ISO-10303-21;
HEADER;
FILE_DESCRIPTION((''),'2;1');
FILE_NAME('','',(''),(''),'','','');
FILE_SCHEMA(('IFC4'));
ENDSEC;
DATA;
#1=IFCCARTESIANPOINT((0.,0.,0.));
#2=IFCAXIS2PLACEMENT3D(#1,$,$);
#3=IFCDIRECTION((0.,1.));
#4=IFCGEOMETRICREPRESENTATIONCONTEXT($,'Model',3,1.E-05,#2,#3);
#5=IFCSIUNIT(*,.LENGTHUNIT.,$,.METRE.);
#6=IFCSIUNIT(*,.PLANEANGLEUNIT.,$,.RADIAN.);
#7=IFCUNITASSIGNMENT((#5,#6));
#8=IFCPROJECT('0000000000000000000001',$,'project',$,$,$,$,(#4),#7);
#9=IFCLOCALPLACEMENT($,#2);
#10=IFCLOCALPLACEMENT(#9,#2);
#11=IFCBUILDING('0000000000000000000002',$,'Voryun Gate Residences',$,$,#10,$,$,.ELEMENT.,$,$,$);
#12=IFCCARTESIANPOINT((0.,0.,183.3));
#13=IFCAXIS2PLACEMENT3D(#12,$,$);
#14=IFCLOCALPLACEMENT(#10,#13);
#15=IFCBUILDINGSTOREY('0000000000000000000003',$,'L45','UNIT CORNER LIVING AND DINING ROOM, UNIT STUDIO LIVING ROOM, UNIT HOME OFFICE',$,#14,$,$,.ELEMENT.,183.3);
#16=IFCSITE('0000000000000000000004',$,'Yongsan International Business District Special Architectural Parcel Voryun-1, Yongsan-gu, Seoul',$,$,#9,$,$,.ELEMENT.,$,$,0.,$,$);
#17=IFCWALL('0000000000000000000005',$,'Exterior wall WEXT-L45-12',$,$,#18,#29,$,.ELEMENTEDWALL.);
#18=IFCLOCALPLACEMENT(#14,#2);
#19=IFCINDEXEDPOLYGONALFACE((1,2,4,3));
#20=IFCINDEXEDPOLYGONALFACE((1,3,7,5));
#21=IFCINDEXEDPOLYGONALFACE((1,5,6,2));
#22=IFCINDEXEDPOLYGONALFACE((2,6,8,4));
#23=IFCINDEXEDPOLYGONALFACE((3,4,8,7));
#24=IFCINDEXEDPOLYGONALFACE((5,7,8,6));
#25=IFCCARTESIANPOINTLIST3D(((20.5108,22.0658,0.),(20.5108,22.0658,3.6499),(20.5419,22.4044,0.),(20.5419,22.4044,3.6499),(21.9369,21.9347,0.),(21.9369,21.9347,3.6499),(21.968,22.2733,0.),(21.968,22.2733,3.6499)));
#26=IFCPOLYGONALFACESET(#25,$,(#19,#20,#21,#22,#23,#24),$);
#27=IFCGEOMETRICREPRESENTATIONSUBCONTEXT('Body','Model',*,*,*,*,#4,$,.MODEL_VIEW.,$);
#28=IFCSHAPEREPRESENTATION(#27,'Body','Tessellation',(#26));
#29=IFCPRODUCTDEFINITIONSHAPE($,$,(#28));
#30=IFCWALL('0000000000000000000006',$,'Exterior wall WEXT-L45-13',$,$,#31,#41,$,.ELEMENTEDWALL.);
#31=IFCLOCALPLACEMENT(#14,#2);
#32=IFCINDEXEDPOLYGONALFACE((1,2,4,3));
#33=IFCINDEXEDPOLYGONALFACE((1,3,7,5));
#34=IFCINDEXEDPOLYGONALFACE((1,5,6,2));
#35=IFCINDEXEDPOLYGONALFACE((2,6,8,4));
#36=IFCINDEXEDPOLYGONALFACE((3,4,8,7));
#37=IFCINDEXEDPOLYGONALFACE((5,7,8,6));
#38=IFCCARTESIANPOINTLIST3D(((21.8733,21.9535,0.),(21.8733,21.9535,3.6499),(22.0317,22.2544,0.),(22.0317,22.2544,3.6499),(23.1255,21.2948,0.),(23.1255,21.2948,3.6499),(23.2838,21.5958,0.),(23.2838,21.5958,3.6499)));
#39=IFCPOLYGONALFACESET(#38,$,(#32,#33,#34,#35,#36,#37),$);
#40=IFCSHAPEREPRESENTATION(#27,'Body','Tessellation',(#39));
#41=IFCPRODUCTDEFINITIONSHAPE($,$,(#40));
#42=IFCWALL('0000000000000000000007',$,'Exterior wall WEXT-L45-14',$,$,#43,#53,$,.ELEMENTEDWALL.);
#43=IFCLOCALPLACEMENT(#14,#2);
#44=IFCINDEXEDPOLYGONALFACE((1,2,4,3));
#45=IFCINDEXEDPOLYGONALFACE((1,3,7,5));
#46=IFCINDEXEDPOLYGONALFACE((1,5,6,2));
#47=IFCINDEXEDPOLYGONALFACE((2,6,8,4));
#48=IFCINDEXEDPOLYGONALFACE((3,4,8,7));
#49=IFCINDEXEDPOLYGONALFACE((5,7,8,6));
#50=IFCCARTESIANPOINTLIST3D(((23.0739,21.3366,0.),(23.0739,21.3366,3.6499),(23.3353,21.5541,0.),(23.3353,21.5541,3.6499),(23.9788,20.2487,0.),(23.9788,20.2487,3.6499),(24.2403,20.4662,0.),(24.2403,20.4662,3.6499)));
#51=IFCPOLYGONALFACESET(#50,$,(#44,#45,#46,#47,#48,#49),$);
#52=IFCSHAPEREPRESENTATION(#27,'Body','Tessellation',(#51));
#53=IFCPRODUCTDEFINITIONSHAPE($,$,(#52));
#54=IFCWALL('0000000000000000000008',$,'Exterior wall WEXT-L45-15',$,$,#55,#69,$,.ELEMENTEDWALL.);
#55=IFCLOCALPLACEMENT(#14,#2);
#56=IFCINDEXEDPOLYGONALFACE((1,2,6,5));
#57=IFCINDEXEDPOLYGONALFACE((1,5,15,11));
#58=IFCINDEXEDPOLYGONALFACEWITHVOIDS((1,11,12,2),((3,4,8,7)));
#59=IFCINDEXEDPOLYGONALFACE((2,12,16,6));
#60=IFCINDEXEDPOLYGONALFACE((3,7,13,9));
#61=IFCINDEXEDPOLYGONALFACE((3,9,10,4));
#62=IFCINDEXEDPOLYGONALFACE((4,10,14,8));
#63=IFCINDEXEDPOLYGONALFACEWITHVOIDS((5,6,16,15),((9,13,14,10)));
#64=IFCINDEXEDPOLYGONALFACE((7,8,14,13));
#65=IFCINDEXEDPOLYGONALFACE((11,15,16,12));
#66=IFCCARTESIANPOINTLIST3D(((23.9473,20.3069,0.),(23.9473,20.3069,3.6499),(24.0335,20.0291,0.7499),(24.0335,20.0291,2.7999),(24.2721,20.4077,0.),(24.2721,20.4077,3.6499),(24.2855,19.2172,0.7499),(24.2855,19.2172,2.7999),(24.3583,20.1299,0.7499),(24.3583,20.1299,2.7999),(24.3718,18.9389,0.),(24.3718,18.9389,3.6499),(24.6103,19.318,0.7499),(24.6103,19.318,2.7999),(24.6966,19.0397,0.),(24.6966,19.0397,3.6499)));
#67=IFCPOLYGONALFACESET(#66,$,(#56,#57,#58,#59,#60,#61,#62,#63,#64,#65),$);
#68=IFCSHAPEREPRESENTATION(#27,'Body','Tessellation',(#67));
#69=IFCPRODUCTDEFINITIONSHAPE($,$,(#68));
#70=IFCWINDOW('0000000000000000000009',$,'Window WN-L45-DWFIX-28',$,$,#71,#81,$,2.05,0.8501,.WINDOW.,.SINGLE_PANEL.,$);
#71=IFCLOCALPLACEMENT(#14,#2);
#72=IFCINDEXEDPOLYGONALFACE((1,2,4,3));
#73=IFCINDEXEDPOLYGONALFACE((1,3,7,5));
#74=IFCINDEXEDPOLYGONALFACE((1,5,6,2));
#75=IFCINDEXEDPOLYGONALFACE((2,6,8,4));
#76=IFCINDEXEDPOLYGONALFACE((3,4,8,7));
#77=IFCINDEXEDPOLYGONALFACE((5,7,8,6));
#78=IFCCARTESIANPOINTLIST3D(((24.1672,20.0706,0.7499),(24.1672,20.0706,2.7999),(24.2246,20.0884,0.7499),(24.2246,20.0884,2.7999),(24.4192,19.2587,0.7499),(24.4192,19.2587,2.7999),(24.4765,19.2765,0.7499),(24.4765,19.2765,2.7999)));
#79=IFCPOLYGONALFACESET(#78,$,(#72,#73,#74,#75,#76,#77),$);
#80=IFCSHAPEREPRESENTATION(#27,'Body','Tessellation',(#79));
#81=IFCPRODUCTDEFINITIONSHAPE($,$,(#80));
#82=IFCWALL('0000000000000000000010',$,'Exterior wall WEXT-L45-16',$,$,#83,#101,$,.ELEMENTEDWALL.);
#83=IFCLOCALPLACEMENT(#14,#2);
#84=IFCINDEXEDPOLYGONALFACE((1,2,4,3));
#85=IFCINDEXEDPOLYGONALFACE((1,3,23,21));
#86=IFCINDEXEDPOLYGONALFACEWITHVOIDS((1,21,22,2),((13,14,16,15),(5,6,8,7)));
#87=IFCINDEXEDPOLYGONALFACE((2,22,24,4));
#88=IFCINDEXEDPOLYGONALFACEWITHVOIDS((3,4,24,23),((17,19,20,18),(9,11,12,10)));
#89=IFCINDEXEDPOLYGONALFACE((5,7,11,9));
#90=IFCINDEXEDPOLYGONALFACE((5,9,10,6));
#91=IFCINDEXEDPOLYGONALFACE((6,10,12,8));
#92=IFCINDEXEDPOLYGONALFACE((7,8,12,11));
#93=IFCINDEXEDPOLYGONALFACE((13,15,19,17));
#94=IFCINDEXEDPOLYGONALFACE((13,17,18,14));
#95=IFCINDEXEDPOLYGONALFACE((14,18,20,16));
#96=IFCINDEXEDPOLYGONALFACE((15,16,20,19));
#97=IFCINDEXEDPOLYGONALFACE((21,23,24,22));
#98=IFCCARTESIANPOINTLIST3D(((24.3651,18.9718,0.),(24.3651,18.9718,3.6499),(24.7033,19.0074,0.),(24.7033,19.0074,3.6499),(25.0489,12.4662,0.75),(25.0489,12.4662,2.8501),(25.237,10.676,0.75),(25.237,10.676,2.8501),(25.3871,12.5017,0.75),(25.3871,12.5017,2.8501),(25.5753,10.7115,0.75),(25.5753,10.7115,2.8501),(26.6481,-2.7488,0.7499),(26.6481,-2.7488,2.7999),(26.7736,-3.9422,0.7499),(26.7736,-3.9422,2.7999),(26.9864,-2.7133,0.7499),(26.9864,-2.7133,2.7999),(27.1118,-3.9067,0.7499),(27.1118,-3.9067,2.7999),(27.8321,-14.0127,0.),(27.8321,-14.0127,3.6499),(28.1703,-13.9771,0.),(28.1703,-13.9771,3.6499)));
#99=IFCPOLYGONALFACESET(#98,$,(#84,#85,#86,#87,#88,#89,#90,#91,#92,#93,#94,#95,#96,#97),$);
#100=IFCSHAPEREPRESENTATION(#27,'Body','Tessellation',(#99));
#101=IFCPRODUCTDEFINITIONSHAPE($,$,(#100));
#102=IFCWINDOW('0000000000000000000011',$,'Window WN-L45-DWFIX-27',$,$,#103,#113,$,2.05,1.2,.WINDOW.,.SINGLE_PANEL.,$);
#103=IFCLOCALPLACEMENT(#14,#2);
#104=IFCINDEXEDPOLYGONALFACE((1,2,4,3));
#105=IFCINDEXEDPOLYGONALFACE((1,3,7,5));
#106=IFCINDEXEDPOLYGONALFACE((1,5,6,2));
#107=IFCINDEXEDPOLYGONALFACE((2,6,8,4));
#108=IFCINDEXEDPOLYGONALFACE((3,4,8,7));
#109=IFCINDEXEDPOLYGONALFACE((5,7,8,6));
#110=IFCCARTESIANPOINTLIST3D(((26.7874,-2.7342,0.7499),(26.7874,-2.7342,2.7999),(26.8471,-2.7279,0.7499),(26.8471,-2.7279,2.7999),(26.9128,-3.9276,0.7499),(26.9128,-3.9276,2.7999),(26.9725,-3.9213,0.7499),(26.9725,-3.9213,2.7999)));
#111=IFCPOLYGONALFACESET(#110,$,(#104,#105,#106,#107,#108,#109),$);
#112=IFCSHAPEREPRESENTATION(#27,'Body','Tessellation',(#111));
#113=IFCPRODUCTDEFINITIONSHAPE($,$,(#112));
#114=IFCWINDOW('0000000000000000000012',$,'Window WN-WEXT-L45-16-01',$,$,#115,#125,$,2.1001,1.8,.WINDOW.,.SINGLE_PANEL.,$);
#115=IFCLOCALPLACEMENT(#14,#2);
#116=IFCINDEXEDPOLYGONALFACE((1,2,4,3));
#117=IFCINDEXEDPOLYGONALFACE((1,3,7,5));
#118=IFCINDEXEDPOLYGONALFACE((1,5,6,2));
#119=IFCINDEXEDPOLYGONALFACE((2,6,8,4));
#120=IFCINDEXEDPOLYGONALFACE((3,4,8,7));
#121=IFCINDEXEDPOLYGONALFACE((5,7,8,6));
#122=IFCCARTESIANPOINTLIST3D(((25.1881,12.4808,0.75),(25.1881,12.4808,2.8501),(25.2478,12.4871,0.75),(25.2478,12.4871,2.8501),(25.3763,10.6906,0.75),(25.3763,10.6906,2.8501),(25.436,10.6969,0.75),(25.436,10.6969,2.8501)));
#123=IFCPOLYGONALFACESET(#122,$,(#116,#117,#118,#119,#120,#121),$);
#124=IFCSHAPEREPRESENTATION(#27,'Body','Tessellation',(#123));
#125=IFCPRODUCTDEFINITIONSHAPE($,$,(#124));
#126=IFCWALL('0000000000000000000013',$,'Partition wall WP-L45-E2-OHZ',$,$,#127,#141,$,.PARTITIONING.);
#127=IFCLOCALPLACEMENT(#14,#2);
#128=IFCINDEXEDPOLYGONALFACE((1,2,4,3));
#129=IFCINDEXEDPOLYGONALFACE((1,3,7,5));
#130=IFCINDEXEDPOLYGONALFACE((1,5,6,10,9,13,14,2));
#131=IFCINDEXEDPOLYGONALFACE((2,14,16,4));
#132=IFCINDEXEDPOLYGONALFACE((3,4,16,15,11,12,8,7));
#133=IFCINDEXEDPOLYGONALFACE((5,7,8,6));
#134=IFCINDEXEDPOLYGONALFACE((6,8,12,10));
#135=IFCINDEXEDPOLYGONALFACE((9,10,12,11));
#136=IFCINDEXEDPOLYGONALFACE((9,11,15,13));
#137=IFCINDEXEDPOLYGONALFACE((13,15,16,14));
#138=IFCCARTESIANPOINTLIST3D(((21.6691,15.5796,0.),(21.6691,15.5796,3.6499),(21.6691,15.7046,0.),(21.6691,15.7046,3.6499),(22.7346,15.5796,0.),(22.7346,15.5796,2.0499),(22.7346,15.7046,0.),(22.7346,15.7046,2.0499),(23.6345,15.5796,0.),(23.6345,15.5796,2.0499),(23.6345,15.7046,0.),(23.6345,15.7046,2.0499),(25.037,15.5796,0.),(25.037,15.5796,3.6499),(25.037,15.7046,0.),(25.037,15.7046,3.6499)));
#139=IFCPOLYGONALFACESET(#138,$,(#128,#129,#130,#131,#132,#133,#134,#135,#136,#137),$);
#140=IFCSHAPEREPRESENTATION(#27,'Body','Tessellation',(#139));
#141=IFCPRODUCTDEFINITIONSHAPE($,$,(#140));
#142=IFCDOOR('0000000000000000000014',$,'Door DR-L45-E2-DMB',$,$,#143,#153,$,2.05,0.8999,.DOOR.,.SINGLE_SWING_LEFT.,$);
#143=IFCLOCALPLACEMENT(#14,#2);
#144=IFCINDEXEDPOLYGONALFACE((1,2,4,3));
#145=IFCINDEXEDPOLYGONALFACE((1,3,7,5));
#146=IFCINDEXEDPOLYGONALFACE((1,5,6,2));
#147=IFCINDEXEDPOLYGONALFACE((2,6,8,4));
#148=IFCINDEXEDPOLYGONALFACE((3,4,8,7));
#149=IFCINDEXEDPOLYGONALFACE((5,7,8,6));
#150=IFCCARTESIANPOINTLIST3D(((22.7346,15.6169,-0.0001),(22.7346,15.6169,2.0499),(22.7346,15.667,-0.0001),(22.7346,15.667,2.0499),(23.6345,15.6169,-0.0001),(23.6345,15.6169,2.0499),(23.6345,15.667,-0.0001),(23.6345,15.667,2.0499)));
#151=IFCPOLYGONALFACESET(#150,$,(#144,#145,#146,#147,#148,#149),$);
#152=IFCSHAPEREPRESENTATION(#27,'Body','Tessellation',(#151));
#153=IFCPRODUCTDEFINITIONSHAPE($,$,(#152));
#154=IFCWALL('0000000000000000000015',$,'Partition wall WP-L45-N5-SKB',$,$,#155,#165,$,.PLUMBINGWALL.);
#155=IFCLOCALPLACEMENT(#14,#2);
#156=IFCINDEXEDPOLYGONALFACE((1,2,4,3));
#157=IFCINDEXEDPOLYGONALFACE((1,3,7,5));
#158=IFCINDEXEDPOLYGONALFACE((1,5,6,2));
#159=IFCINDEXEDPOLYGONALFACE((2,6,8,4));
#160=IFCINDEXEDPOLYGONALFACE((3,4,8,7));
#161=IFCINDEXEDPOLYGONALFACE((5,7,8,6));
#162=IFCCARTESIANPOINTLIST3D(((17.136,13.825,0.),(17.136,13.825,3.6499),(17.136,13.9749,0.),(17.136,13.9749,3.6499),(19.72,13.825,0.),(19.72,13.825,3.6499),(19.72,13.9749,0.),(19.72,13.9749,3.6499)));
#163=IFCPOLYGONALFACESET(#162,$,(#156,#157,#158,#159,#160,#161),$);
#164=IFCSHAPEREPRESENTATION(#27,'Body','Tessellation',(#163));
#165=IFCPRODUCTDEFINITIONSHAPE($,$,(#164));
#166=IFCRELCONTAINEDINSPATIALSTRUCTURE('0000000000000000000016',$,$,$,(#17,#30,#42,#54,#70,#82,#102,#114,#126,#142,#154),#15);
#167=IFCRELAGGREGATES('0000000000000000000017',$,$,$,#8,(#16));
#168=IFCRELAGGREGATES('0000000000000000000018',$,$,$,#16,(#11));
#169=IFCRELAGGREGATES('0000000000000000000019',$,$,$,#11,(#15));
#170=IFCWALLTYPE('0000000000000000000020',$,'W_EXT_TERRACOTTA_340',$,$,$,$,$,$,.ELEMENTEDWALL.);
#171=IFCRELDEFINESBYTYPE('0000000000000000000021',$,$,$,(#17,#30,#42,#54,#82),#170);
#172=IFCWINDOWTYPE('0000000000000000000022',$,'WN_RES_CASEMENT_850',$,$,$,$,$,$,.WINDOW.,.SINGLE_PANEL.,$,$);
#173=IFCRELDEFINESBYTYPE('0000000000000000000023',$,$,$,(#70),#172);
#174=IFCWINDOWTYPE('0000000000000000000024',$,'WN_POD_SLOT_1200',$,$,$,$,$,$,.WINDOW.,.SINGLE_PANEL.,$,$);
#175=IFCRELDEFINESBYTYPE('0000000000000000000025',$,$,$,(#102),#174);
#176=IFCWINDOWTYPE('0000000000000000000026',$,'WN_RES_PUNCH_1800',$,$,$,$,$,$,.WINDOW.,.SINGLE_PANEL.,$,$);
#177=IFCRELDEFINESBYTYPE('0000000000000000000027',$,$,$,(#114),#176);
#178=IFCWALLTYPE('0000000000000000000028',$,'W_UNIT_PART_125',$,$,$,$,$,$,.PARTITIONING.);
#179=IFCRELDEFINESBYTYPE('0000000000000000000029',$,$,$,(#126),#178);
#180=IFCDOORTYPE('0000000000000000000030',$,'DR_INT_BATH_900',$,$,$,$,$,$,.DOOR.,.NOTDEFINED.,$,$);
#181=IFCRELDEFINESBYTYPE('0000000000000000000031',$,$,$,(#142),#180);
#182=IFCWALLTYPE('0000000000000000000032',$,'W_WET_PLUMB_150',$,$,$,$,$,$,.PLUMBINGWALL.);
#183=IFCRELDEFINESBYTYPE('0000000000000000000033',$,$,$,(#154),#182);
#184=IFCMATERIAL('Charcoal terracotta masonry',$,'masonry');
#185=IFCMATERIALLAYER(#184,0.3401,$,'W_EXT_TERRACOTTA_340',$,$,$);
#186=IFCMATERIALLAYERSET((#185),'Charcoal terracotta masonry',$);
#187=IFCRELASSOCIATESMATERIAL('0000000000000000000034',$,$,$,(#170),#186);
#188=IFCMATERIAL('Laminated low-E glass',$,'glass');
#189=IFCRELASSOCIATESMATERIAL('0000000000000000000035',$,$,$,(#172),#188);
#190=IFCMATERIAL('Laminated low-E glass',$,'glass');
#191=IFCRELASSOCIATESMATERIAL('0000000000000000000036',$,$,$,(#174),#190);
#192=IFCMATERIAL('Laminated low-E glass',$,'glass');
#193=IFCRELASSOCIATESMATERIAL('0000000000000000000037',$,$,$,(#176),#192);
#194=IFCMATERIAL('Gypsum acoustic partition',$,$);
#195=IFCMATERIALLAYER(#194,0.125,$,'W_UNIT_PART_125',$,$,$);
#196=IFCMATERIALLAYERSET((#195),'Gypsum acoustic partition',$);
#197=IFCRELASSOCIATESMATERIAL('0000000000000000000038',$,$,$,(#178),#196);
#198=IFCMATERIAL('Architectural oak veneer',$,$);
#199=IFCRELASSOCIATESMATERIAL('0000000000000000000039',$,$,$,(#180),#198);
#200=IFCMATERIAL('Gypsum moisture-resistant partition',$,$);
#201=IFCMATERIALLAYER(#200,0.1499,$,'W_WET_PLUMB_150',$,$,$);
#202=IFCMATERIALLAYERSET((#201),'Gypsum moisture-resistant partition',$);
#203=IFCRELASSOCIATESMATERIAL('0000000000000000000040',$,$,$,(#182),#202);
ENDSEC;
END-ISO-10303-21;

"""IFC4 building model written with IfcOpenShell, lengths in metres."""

from ifc_helpers import new_model, si_unit, direction, frame, frame_2d, origin, place, context, subcontext, project, spatial, rectangle, extrude, material, layer, layer_set, type_object, element, fill, save


model = new_model("IFC4")

# Units and contexts
model_context = context("Model", 3, precision=1e-05, world=origin(), true_north=direction((0.0, 1.0)))
body_context = subcontext(model_context, "Body", "Model", "MODEL_VIEW")
ifc_project = project(units=[si_unit("LENGTHUNIT", "METRE"), si_unit("PLANEANGLEUNIT", "RADIAN")], contexts=[model_context])

# Site, building, storey
site_placement = place(None, origin())
site = spatial("IfcSite", under=ifc_project, at=site_placement, Name="Yongsan International Business District Special Architectural Parcel Voryun-1, Yongsan-gu, Seoul", CompositionType="ELEMENT", RefElevation=0.0)
building_placement = place(site_placement, origin())
building = spatial("IfcBuilding", under=site, at=building_placement, Name="Voryun Gate Residences", CompositionType="ELEMENT")
storey_placement = place(building_placement, frame((0.0, 0.0, 183.3)))
storey = spatial("IfcBuildingStorey", under=building, at=storey_placement, Name="L45", Description="UNIT CORNER LIVING AND DINING ROOM, UNIT STUDIO LIVING ROOM, UNIT HOME OFFICE", CompositionType="ELEMENT", Elevation=183.3)

# Walls
ifc_material_1 = material(Name="Charcoal terracotta masonry", Category="masonry")
ifc_layer_1 = layer(ifc_material_1, 0.3401, Name="W_EXT_TERRACOTTA_340")
ifc_layer_set_1 = layer_set([ifc_layer_1], Name="Charcoal terracotta masonry")
wall_type_1 = type_object("IfcWallType", Name="W_EXT_TERRACOTTA_340", PredefinedType="ELEMENTEDWALL", material=ifc_layer_set_1)
wall_1_placement = place(storey_placement, frame((20.5264, 22.2351, 0.0), z_axis=(0.0, 0.0, 1.0), x_axis=(0.9958, -0.09155, 0.0)))
element("IfcWall", 1, at=wall_1_placement, inside=storey, type_object=wall_type_1, Name="Exterior wall WEXT-L45-12", PredefinedType="ELEMENTEDWALL", context=body_context, shape_type="SweptSolid", body=[
    extrude(rectangle(XDim=1.4321, YDim=0.3401, at=frame_2d((0.7161, 0.0))), origin(), (0.0, 0.0, 1.0), 3.6499),
])
wall_2_placement = place(storey_placement, frame((21.9524, 22.104, 0.0), z_axis=(0.0, 0.0, 1.0), x_axis=(0.885023, -0.465547, 0.0)))
element("IfcWall", 2, at=wall_2_placement, inside=storey, type_object=wall_type_1, Name="Exterior wall WEXT-L45-13", PredefinedType="ELEMENTEDWALL", context=body_context, shape_type="SweptSolid", body=[
    extrude(rectangle(XDim=1.4148, YDim=0.3401, at=frame_2d((0.7075, 0.0))), origin(), (0.0, 0.0, 1.0), 3.6499),
])
wall_3_placement = place(storey_placement, frame((23.2046, 21.4453, 0.0), z_axis=(0.0, 0.0, 1.0), x_axis=(0.639539, -0.768758, 0.0)))
element("IfcWall", 3, at=wall_3_placement, inside=storey, type_object=wall_type_1, Name="Exterior wall WEXT-L45-14", PredefinedType="ELEMENTEDWALL", context=body_context, shape_type="SweptSolid", body=[
    extrude(rectangle(XDim=1.415, YDim=0.3401, at=frame_2d((0.7075, 0.0))), origin(), (0.0, 0.0, 1.0), 3.6499),
])

# Wall, opening, window
wall_4_placement = place(storey_placement, frame((24.1096, 20.3574, 0.0), z_axis=(0.0, 0.0, 1.0), x_axis=(0.296421, -0.955057, 0.0)))
wall_4 = element("IfcWall", 4, at=wall_4_placement, inside=storey, type_object=wall_type_1, Name="Exterior wall WEXT-L45-15", PredefinedType="ELEMENTEDWALL", context=body_context, shape_type="SweptSolid", body=[
    extrude(rectangle(XDim=1.4324, YDim=0.3401, at=frame_2d((0.7163, 0.0))), origin(), (0.0, 0.0, 1.0), 3.6499),
])
opening_1_placement = place(wall_4_placement, frame((0.291, 0.0, 0.75)))
opening_1 = element("IfcOpeningElement", 5, at=opening_1_placement, cuts=wall_4, PredefinedType="OPENING", context=body_context, shape_type="SweptSolid", body=[
    extrude(rectangle(XDim=0.8501, YDim=2.05, at=frame_2d((0.425, 1.0249))), frame((0.0, 0.1799, 0.0), z_axis=(0.0, -1.0, 0.0), x_axis=(1.0, 0.0, 0.0)), (0.0, 0.0, 1.0), 0.3601),
])
ifc_material_2 = material(Name="Laminated low-E glass", Category="glass")
window_type_1 = type_object("IfcWindowType", Name="WN_RES_CASEMENT_850", PartitioningType="SINGLE_PANEL", PredefinedType="WINDOW", material=ifc_material_2)
window_1_placement = place(opening_1_placement, origin())
window_1 = element("IfcWindow", 6, at=window_1_placement, inside=storey, type_object=window_type_1, Name="Window WN-L45-DWFIX-28", OverallHeight=2.05, OverallWidth=0.8501, PartitioningType="SINGLE_PANEL", PredefinedType="WINDOW", context=body_context, shape_type="SweptSolid", body=[
    extrude(rectangle(XDim=0.8501, YDim=2.05, at=frame_2d((0.425, 1.0249))), frame((0.0, 0.03, 0.0), z_axis=(0.0, -1.0, 0.0), x_axis=(1.0, 0.0, 0.0)), (0.0, 0.0, 1.0), 0.0601),
])
fill(opening_1, window_1)

# Wall, openings, windows
wall_5_placement = place(storey_placement, frame((24.5342, 18.9895, 0.0), z_axis=(0.0, 0.0, 1.0), x_axis=(0.104535, -0.994521, 0.0)))
wall_5 = element("IfcWall", 7, at=wall_5_placement, inside=storey, type_object=wall_type_1, Name="Exterior wall WEXT-L45-16", PredefinedType="ELEMENTEDWALL", context=body_context, shape_type="SweptSolid", body=[
    extrude(rectangle(XDim=33.1663, YDim=0.3401, at=frame_2d((16.583, 0.0))), origin(), (0.0, 0.0, 1.0), 3.6499),
])
opening_2_placement = place(wall_5_placement, frame((6.5415, 0.0, 0.75)))
opening_2 = element("IfcOpeningElement", 8, at=opening_2_placement, cuts=wall_5, PredefinedType="OPENING", context=body_context, shape_type="SweptSolid", body=[
    extrude(rectangle(XDim=1.8, YDim=2.1001, at=frame_2d((0.8999, 1.05))), frame((0.0, 0.1799, 0.0), z_axis=(0.0, -1.0, 0.0), x_axis=(1.0, 0.0, 0.0)), (0.0, 0.0, 1.0), 0.3601),
])
opening_3_placement = place(wall_5_placement, frame((21.8401, 0.0, 0.75)))
opening_3 = element("IfcOpeningElement", 9, at=opening_3_placement, cuts=wall_5, PredefinedType="OPENING", context=body_context, shape_type="SweptSolid", body=[
    extrude(rectangle(XDim=1.2, YDim=2.05, at=frame_2d((0.6001, 1.0249))), frame((0.0, 0.1799, 0.0), z_axis=(0.0, -1.0, 0.0), x_axis=(1.0, 0.0, 0.0)), (0.0, 0.0, 1.0), 0.3601),
])
ifc_material_3 = material(Name="Laminated low-E glass", Category="glass")
window_type_2 = type_object("IfcWindowType", Name="WN_POD_SLOT_1200", PartitioningType="SINGLE_PANEL", PredefinedType="WINDOW", material=ifc_material_3)
window_2_placement = place(opening_3_placement, origin())
window_2 = element("IfcWindow", 10, at=window_2_placement, inside=storey, type_object=window_type_2, Name="Window WN-L45-DWFIX-27", OverallHeight=2.05, OverallWidth=1.2, PartitioningType="SINGLE_PANEL", PredefinedType="WINDOW", context=body_context, shape_type="SweptSolid", body=[
    extrude(rectangle(XDim=1.2, YDim=2.05, at=frame_2d((0.6001, 1.0249))), frame((0.0, 0.03, 0.0), z_axis=(0.0, -1.0, 0.0), x_axis=(1.0, 0.0, 0.0)), (0.0, 0.0, 1.0), 0.0601),
])
fill(opening_3, window_2)
ifc_material_4 = material(Name="Laminated low-E glass", Category="glass")
window_type_3 = type_object("IfcWindowType", Name="WN_RES_PUNCH_1800", PartitioningType="SINGLE_PANEL", PredefinedType="WINDOW", material=ifc_material_4)
window_3_placement = place(opening_2_placement, origin())
window_3 = element("IfcWindow", 11, at=window_3_placement, inside=storey, type_object=window_type_3, Name="Window WN-WEXT-L45-16-01", OverallHeight=2.1001, OverallWidth=1.8, PartitioningType="SINGLE_PANEL", PredefinedType="WINDOW", context=body_context, shape_type="SweptSolid", body=[
    extrude(rectangle(XDim=1.8, YDim=2.1001, at=frame_2d((0.8999, 1.05))), frame((0.0, 0.03, 0.0), z_axis=(0.0, -1.0, 0.0), x_axis=(1.0, 0.0, 0.0)), (0.0, 0.0, 1.0), 0.0601),
])
fill(opening_2, window_3)

# Wall, opening, door
ifc_material_5 = material(Name="Gypsum acoustic partition")
ifc_layer_2 = layer(ifc_material_5, 0.125, Name="W_UNIT_PART_125")
ifc_layer_set_2 = layer_set([ifc_layer_2], Name="Gypsum acoustic partition")
wall_type_2 = type_object("IfcWallType", Name="W_UNIT_PART_125", PredefinedType="PARTITIONING", material=ifc_layer_set_2)
wall_6_placement = place(storey_placement, frame((21.6689, 15.6421, 0.0), z_axis=(0.0, 0.0, 1.0), x_axis=(1.0, 0.0, 0.0)))
wall_6 = element("IfcWall", 12, at=wall_6_placement, inside=storey, type_object=wall_type_2, Name="Partition wall WP-L45-E2-OHZ", PredefinedType="PARTITIONING", context=body_context, shape_type="SweptSolid", body=[
    extrude(rectangle(XDim=3.3679, YDim=0.125, at=frame_2d((1.6841, 0.0))), origin(), (0.0, 0.0, 1.0), 3.6499),
])
opening_4_placement = place(wall_6_placement, frame((1.0657, 0.0, 0.0)))
opening_4 = element("IfcOpeningElement", 13, at=opening_4_placement, cuts=wall_6, PredefinedType="OPENING", context=body_context, shape_type="SweptSolid", body=[
    extrude(rectangle(XDim=0.8999, YDim=2.05, at=frame_2d((0.45, 1.0249))), frame((0.0, 0.0725, 0.0), z_axis=(0.0, -1.0, 0.0), x_axis=(1.0, 0.0, 0.0)), (0.0, 0.0, 1.0), 0.145),
])
ifc_material_6 = material(Name="Architectural oak veneer")
door_type = type_object("IfcDoorType", Name="DR_INT_BATH_900", OperationType="NOTDEFINED", PredefinedType="DOOR", material=ifc_material_6)
door_1_placement = place(opening_4_placement, origin())
door_1 = element("IfcDoor", 14, at=door_1_placement, inside=storey, type_object=door_type, Name="Door DR-L45-E2-DMB", OperationType="SINGLE_SWING_LEFT", OverallHeight=2.05, OverallWidth=0.8999, PredefinedType="DOOR", context=body_context, shape_type="SweptSolid", body=[
    extrude(rectangle(XDim=0.8999, YDim=2.05, at=frame_2d((0.45, 1.0249))), frame((0.0, 0.0249, 0.0), z_axis=(0.0, -1.0, 0.0), x_axis=(1.0, 0.0, 0.0)), (0.0, 0.0, 1.0), 0.05),
])
fill(opening_4, door_1)

# Wall
ifc_material_7 = material(Name="Gypsum moisture-resistant partition")
ifc_layer_3 = layer(ifc_material_7, 0.1499, Name="W_WET_PLUMB_150")
ifc_layer_set_3 = layer_set([ifc_layer_3], Name="Gypsum moisture-resistant partition")
wall_type_3 = type_object("IfcWallType", Name="W_WET_PLUMB_150", PredefinedType="PLUMBINGWALL", material=ifc_layer_set_3)
wall_7_placement = place(storey_placement, frame((17.136, 13.8999, 0.0), z_axis=(0.0, 0.0, 1.0), x_axis=(1.0, 0.0, 0.0)))
element("IfcWall", 15, at=wall_7_placement, inside=storey, type_object=wall_type_3, Name="Partition wall WP-L45-N5-SKB", PredefinedType="PLUMBINGWALL", context=body_context, shape_type="SweptSolid", body=[
    extrude(rectangle(XDim=2.584, YDim=0.1499, at=frame_2d((1.292, 0.0))), origin(), (0.0, 0.0, 1.0), 3.6499),
])

save(model, "model.ifc")
